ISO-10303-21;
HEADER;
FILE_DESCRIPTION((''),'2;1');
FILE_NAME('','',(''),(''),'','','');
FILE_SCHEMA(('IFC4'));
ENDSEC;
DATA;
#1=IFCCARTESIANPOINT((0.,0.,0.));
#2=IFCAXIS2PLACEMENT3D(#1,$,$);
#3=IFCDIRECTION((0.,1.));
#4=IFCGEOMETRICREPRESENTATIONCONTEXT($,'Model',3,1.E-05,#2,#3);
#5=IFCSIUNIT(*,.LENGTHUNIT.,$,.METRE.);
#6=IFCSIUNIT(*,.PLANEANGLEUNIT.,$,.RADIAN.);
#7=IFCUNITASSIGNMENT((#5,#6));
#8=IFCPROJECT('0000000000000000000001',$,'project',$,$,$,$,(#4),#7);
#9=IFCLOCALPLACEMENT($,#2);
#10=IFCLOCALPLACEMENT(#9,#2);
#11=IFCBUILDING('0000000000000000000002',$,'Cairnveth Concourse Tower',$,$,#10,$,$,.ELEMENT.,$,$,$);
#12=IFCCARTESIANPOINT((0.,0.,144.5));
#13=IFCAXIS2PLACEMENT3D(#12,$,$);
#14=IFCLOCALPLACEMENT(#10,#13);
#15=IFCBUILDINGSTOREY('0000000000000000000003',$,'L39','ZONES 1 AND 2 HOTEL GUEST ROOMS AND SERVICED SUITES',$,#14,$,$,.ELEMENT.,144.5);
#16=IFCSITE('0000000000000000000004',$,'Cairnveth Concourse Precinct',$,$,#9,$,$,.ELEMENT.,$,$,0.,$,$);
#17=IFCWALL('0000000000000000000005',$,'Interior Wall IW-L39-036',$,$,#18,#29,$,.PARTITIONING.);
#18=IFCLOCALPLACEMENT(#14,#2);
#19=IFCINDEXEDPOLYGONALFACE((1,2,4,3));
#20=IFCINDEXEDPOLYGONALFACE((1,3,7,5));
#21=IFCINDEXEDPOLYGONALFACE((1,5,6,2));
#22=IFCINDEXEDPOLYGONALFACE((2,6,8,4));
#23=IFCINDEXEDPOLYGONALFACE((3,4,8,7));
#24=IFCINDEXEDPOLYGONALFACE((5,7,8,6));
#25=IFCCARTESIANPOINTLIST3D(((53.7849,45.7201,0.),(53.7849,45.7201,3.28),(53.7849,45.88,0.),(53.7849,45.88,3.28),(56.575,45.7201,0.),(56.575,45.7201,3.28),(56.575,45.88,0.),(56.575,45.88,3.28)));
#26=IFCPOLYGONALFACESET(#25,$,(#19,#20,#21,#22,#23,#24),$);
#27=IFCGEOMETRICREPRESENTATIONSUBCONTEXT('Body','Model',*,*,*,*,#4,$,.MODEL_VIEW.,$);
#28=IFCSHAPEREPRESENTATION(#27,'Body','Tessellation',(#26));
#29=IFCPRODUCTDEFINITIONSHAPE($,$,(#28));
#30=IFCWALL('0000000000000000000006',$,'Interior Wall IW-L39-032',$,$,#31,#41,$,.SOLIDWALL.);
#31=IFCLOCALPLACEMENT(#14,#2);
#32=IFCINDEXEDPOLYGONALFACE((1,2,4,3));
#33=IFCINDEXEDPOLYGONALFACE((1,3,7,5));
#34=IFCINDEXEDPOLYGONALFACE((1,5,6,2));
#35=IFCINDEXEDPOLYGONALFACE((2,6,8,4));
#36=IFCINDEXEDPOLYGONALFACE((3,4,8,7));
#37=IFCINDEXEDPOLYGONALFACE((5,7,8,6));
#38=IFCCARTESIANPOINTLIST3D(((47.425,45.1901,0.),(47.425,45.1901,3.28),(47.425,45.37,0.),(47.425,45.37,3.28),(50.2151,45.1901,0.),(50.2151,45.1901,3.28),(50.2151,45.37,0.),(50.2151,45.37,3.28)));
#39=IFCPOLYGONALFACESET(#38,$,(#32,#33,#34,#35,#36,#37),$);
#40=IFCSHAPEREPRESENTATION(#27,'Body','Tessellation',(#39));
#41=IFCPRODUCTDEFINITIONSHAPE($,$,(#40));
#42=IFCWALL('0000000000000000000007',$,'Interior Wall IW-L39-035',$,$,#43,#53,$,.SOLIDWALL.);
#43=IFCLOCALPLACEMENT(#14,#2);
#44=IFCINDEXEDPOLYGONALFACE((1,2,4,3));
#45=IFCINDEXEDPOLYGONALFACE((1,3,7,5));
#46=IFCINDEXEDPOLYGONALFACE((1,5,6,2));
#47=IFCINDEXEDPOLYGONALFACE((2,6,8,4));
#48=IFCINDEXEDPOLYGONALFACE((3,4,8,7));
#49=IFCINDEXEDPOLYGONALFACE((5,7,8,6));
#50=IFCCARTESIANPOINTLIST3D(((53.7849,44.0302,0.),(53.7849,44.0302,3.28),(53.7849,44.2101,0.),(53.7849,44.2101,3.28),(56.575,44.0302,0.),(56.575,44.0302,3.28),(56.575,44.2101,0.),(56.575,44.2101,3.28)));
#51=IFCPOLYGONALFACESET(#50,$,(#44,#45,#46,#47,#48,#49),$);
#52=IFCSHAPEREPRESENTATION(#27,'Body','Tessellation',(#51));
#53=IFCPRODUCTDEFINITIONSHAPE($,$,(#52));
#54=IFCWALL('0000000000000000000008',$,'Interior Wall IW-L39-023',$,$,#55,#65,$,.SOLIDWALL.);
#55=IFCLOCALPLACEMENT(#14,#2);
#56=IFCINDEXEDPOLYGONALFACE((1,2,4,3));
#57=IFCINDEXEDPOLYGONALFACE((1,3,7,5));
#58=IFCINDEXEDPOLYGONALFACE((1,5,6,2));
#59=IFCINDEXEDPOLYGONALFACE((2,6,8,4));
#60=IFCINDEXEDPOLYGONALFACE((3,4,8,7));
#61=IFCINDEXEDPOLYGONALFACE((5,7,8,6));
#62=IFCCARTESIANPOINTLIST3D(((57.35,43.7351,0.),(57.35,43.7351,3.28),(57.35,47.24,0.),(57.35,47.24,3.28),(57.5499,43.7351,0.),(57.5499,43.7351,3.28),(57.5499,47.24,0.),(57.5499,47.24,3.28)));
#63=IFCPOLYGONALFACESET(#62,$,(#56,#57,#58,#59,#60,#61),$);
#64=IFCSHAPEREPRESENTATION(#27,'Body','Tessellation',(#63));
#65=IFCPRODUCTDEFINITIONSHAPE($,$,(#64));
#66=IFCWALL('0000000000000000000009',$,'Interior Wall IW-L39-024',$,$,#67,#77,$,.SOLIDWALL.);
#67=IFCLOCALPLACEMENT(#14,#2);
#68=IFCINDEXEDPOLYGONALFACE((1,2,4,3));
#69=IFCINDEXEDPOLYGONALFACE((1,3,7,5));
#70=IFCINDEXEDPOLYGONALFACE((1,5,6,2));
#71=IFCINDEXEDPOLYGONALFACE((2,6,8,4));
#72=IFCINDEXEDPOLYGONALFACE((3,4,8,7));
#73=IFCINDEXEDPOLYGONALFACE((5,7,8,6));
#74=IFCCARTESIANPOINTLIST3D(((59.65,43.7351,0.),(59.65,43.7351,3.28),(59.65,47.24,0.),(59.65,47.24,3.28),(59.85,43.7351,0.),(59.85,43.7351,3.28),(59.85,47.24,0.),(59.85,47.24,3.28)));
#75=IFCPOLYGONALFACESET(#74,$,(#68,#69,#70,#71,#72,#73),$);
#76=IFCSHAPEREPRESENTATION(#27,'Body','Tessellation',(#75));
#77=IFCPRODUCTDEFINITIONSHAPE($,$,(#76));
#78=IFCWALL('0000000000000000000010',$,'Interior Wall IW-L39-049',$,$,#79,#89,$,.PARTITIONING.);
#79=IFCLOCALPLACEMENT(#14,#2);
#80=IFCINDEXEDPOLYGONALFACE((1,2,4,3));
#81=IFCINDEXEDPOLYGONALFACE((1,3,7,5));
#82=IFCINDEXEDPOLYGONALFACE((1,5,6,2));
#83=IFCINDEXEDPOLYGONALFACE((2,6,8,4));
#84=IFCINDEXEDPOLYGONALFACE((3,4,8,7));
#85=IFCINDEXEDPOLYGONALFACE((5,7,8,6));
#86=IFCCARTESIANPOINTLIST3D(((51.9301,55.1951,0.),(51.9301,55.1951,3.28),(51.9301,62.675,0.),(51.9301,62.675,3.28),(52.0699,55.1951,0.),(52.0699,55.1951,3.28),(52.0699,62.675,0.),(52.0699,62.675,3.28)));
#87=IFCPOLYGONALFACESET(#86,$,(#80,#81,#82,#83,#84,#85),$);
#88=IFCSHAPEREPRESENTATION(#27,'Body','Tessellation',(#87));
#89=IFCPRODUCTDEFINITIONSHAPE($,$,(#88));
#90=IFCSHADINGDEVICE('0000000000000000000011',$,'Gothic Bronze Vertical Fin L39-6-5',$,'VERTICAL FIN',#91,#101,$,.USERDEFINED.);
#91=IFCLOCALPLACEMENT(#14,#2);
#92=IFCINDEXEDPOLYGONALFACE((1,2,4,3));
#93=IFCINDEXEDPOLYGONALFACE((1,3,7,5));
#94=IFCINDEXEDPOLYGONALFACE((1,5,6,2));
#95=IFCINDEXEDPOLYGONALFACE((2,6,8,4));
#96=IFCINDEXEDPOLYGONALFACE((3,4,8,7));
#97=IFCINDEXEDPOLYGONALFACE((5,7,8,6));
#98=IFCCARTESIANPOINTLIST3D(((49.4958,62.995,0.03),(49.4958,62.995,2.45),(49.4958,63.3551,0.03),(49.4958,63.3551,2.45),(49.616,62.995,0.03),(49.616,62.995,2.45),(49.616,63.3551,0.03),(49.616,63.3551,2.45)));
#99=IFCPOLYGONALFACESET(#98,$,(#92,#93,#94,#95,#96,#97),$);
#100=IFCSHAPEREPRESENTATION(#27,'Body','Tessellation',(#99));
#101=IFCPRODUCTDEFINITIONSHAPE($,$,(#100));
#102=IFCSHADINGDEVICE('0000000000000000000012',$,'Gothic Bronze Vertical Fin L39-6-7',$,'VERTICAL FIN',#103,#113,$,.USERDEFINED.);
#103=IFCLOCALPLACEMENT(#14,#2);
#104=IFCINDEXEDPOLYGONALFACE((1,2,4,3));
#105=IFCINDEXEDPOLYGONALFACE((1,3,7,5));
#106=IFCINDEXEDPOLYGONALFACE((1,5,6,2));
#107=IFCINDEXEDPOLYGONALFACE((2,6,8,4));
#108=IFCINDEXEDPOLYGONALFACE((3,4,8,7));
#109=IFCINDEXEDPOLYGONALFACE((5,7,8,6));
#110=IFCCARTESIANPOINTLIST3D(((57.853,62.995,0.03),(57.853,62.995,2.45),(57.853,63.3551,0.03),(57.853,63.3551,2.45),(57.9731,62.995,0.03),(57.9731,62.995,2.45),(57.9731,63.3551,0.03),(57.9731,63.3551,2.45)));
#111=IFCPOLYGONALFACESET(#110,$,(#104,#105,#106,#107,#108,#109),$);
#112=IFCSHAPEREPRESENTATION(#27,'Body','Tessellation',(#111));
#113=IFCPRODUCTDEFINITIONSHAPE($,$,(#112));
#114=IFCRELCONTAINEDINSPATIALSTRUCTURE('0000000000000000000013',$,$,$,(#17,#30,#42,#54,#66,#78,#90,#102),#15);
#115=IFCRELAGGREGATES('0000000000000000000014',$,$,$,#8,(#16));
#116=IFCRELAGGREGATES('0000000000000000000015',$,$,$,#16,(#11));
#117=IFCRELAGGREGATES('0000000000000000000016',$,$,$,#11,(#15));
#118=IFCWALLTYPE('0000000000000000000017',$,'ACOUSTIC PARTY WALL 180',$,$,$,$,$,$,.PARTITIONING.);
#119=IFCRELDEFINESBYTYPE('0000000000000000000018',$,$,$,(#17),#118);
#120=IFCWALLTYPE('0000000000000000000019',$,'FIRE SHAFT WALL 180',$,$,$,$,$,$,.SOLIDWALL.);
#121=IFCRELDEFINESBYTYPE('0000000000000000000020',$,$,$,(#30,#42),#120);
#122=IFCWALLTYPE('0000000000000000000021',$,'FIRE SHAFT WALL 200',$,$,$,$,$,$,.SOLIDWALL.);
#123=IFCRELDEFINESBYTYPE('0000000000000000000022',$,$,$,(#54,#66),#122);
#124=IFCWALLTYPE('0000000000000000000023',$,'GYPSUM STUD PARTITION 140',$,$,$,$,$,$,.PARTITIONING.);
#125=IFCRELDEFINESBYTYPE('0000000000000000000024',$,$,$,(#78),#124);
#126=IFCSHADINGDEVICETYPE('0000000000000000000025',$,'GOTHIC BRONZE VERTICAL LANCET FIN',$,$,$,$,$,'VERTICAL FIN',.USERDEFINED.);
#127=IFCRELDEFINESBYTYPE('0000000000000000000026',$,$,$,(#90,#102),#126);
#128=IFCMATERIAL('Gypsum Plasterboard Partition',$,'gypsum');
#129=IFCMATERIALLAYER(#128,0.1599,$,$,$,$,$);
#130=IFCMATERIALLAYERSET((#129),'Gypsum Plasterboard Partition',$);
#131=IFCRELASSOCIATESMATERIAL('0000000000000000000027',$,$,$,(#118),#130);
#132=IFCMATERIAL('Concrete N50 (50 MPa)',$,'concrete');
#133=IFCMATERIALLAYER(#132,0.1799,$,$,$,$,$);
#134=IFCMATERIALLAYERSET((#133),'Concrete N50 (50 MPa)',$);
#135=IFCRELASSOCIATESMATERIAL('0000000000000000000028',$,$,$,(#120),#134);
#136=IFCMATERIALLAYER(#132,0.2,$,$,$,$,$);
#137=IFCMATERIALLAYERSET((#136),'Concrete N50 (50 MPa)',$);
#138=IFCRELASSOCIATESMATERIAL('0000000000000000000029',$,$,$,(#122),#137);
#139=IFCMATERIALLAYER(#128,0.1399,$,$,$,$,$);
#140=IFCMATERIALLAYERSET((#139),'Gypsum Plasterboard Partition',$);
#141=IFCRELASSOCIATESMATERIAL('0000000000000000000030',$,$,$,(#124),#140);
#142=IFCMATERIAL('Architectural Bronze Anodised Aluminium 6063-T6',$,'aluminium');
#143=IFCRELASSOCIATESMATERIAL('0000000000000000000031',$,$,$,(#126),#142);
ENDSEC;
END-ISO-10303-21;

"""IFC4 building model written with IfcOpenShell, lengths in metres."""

from ifc_helpers import new_model, si_unit, direction, frame, frame_2d, origin, origin_2d, place, context, subcontext, project, spatial, rectangle, extrude, material, layer, layer_set, type_object, element, save


model = new_model("IFC4")

# Units and contexts
model_context = context("Model", 3, precision=1e-05, world=origin(), true_north=direction((0.0, 1.0)))
body_context = subcontext(model_context, "Body", "Model", "MODEL_VIEW")
ifc_project = project(units=[si_unit("LENGTHUNIT", "METRE"), si_unit("PLANEANGLEUNIT", "RADIAN")], contexts=[model_context])

# Site, building, storey
site_placement = place(None, origin())
site = spatial("IfcSite", under=ifc_project, at=site_placement, Name="Cairnveth Concourse Precinct", CompositionType="ELEMENT", RefElevation=0.0)
building_placement = place(site_placement, origin())
building = spatial("IfcBuilding", under=site, at=building_placement, Name="Cairnveth Concourse Tower", CompositionType="ELEMENT")
storey_placement = place(building_placement, frame((0.0, 0.0, 144.5)))
storey = spatial("IfcBuildingStorey", under=building, at=storey_placement, Name="L39", Description="ZONES 1 AND 2 HOTEL GUEST ROOMS AND SERVICED SUITES", CompositionType="ELEMENT", Elevation=144.5)

# Walls
ifc_material_1 = material(Name="Gypsum Plasterboard Partition", Category="gypsum")
ifc_layer_1 = layer(ifc_material_1, 0.1599)
ifc_layer_set_1 = layer_set([ifc_layer_1], Name="Gypsum Plasterboard Partition")
wall_type_1 = type_object("IfcWallType", Name="ACOUSTIC PARTY WALL 180", PredefinedType="PARTITIONING", material=ifc_layer_set_1)
wall_1_placement = place(storey_placement, frame((53.7849, 45.8, 0.0), z_axis=(0.0, 0.0, 1.0), x_axis=(1.0, 0.0, 0.0)))
element("IfcWall", 1, at=wall_1_placement, inside=storey, type_object=wall_type_1, Name="Interior Wall IW-L39-036", PredefinedType="PARTITIONING", context=body_context, shape_type="SweptSolid", body=[
    extrude(rectangle(XDim=2.79, YDim=0.1599, at=frame_2d((1.395, 0.0))), origin(), (0.0, 0.0, 1.0), 3.28),
])
ifc_material_2 = material(Name="Concrete N50 (50 MPa)", Category="concrete")
ifc_layer_2 = layer(ifc_material_2, 0.1799)
ifc_layer_set_2 = layer_set([ifc_layer_2], Name="Concrete N50 (50 MPa)")
wall_type_2 = type_object("IfcWallType", Name="FIRE SHAFT WALL 180", PredefinedType="SOLIDWALL", material=ifc_layer_set_2)
for number, where, z_axis, x_axis, name in (
    (2, (47.425, 45.28, 0.0), (0.0, 0.0, 1.0), (1.0, 0.0, 0.0), "Interior Wall IW-L39-032"),
    (3, (53.7849, 44.1201, 0.0), (0.0, 0.0, 1.0), (1.0, 0.0, 0.0), "Interior Wall IW-L39-035"),
):
    element("IfcWall", number, at=place(storey_placement, frame(where, z_axis=z_axis, x_axis=x_axis)), inside=storey, type_object=wall_type_2, Name=name, PredefinedType="SOLIDWALL", context=body_context, shape_type="SweptSolid", body=[
        extrude(rectangle(XDim=2.79, YDim=0.1799, at=frame_2d((1.395, 0.0))), origin(), (0.0, 0.0, 1.0), 3.28),
    ])
ifc_layer_3 = layer(ifc_material_2, 0.2)
ifc_layer_set_3 = layer_set([ifc_layer_3], Name="Concrete N50 (50 MPa)")
wall_type_3 = type_object("IfcWallType", Name="FIRE SHAFT WALL 200", PredefinedType="SOLIDWALL", material=ifc_layer_set_3)
for number, where, z_axis, x_axis, name in (
    (4, (57.45, 43.7351, 0.0), (0.0, 0.0, 1.0), (0.0, 1.0, 0.0), "Interior Wall IW-L39-023"),
    (5, (59.75, 43.7351, 0.0), (0.0, 0.0, 1.0), (0.0, 1.0, 0.0), "Interior Wall IW-L39-024"),
):
    element("IfcWall", number, at=place(storey_placement, frame(where, z_axis=z_axis, x_axis=x_axis)), inside=storey, type_object=wall_type_3, Name=name, PredefinedType="SOLIDWALL", context=body_context, shape_type="SweptSolid", body=[
        extrude(rectangle(XDim=3.5049, YDim=0.2, at=frame_2d((1.7524, 0.0))), origin(), (0.0, 0.0, 1.0), 3.28),
    ])
ifc_layer_4 = layer(ifc_material_1, 0.1399)
ifc_layer_set_4 = layer_set([ifc_layer_4], Name="Gypsum Plasterboard Partition")
wall_type_4 = type_object("IfcWallType", Name="GYPSUM STUD PARTITION 140", PredefinedType="PARTITIONING", material=ifc_layer_set_4)
wall_2_placement = place(storey_placement, frame((52.0, 55.1951, 0.0), z_axis=(0.0, 0.0, 1.0), x_axis=(0.0, 1.0, 0.0)))
element("IfcWall", 6, at=wall_2_placement, inside=storey, type_object=wall_type_4, Name="Interior Wall IW-L39-049", PredefinedType="PARTITIONING", context=body_context, shape_type="SweptSolid", body=[
    extrude(rectangle(XDim=7.48, YDim=0.1399, at=frame_2d((3.74, 0.0))), origin(), (0.0, 0.0, 1.0), 3.28),
])

# Shading devices
ifc_material_3 = material(Name="Architectural Bronze Anodised Aluminium 6063-T6", Category="aluminium")
shading_device_type = type_object("IfcShadingDeviceType", Name="GOTHIC BRONZE VERTICAL LANCET FIN", ElementType="VERTICAL FIN", PredefinedType="USERDEFINED", material=ifc_material_3)
for number, where, z_axis, x_axis, name in (
    (7, (49.5559, 63.175, 0.03), (0.0, 0.0, 1.0), (1.0, 0.0, 0.0), "Gothic Bronze Vertical Fin L39-6-5"),
    (8, (57.9131, 63.175, 0.03), (0.0, 0.0, 1.0), (1.0, 0.0, 0.0), "Gothic Bronze Vertical Fin L39-6-7"),
):
    element("IfcShadingDevice", number, at=place(storey_placement, frame(where, z_axis=z_axis, x_axis=x_axis)), inside=storey, type_object=shading_device_type, Name=name, ObjectType="VERTICAL FIN", PredefinedType="USERDEFINED", context=body_context, shape_type="SweptSolid", body=[
        extrude(rectangle(XDim=0.1201, YDim=0.3601, at=origin_2d()), origin(), (0.0, 0.0, 1.0), 2.4199),
    ])

save(model, "model.ifc")
